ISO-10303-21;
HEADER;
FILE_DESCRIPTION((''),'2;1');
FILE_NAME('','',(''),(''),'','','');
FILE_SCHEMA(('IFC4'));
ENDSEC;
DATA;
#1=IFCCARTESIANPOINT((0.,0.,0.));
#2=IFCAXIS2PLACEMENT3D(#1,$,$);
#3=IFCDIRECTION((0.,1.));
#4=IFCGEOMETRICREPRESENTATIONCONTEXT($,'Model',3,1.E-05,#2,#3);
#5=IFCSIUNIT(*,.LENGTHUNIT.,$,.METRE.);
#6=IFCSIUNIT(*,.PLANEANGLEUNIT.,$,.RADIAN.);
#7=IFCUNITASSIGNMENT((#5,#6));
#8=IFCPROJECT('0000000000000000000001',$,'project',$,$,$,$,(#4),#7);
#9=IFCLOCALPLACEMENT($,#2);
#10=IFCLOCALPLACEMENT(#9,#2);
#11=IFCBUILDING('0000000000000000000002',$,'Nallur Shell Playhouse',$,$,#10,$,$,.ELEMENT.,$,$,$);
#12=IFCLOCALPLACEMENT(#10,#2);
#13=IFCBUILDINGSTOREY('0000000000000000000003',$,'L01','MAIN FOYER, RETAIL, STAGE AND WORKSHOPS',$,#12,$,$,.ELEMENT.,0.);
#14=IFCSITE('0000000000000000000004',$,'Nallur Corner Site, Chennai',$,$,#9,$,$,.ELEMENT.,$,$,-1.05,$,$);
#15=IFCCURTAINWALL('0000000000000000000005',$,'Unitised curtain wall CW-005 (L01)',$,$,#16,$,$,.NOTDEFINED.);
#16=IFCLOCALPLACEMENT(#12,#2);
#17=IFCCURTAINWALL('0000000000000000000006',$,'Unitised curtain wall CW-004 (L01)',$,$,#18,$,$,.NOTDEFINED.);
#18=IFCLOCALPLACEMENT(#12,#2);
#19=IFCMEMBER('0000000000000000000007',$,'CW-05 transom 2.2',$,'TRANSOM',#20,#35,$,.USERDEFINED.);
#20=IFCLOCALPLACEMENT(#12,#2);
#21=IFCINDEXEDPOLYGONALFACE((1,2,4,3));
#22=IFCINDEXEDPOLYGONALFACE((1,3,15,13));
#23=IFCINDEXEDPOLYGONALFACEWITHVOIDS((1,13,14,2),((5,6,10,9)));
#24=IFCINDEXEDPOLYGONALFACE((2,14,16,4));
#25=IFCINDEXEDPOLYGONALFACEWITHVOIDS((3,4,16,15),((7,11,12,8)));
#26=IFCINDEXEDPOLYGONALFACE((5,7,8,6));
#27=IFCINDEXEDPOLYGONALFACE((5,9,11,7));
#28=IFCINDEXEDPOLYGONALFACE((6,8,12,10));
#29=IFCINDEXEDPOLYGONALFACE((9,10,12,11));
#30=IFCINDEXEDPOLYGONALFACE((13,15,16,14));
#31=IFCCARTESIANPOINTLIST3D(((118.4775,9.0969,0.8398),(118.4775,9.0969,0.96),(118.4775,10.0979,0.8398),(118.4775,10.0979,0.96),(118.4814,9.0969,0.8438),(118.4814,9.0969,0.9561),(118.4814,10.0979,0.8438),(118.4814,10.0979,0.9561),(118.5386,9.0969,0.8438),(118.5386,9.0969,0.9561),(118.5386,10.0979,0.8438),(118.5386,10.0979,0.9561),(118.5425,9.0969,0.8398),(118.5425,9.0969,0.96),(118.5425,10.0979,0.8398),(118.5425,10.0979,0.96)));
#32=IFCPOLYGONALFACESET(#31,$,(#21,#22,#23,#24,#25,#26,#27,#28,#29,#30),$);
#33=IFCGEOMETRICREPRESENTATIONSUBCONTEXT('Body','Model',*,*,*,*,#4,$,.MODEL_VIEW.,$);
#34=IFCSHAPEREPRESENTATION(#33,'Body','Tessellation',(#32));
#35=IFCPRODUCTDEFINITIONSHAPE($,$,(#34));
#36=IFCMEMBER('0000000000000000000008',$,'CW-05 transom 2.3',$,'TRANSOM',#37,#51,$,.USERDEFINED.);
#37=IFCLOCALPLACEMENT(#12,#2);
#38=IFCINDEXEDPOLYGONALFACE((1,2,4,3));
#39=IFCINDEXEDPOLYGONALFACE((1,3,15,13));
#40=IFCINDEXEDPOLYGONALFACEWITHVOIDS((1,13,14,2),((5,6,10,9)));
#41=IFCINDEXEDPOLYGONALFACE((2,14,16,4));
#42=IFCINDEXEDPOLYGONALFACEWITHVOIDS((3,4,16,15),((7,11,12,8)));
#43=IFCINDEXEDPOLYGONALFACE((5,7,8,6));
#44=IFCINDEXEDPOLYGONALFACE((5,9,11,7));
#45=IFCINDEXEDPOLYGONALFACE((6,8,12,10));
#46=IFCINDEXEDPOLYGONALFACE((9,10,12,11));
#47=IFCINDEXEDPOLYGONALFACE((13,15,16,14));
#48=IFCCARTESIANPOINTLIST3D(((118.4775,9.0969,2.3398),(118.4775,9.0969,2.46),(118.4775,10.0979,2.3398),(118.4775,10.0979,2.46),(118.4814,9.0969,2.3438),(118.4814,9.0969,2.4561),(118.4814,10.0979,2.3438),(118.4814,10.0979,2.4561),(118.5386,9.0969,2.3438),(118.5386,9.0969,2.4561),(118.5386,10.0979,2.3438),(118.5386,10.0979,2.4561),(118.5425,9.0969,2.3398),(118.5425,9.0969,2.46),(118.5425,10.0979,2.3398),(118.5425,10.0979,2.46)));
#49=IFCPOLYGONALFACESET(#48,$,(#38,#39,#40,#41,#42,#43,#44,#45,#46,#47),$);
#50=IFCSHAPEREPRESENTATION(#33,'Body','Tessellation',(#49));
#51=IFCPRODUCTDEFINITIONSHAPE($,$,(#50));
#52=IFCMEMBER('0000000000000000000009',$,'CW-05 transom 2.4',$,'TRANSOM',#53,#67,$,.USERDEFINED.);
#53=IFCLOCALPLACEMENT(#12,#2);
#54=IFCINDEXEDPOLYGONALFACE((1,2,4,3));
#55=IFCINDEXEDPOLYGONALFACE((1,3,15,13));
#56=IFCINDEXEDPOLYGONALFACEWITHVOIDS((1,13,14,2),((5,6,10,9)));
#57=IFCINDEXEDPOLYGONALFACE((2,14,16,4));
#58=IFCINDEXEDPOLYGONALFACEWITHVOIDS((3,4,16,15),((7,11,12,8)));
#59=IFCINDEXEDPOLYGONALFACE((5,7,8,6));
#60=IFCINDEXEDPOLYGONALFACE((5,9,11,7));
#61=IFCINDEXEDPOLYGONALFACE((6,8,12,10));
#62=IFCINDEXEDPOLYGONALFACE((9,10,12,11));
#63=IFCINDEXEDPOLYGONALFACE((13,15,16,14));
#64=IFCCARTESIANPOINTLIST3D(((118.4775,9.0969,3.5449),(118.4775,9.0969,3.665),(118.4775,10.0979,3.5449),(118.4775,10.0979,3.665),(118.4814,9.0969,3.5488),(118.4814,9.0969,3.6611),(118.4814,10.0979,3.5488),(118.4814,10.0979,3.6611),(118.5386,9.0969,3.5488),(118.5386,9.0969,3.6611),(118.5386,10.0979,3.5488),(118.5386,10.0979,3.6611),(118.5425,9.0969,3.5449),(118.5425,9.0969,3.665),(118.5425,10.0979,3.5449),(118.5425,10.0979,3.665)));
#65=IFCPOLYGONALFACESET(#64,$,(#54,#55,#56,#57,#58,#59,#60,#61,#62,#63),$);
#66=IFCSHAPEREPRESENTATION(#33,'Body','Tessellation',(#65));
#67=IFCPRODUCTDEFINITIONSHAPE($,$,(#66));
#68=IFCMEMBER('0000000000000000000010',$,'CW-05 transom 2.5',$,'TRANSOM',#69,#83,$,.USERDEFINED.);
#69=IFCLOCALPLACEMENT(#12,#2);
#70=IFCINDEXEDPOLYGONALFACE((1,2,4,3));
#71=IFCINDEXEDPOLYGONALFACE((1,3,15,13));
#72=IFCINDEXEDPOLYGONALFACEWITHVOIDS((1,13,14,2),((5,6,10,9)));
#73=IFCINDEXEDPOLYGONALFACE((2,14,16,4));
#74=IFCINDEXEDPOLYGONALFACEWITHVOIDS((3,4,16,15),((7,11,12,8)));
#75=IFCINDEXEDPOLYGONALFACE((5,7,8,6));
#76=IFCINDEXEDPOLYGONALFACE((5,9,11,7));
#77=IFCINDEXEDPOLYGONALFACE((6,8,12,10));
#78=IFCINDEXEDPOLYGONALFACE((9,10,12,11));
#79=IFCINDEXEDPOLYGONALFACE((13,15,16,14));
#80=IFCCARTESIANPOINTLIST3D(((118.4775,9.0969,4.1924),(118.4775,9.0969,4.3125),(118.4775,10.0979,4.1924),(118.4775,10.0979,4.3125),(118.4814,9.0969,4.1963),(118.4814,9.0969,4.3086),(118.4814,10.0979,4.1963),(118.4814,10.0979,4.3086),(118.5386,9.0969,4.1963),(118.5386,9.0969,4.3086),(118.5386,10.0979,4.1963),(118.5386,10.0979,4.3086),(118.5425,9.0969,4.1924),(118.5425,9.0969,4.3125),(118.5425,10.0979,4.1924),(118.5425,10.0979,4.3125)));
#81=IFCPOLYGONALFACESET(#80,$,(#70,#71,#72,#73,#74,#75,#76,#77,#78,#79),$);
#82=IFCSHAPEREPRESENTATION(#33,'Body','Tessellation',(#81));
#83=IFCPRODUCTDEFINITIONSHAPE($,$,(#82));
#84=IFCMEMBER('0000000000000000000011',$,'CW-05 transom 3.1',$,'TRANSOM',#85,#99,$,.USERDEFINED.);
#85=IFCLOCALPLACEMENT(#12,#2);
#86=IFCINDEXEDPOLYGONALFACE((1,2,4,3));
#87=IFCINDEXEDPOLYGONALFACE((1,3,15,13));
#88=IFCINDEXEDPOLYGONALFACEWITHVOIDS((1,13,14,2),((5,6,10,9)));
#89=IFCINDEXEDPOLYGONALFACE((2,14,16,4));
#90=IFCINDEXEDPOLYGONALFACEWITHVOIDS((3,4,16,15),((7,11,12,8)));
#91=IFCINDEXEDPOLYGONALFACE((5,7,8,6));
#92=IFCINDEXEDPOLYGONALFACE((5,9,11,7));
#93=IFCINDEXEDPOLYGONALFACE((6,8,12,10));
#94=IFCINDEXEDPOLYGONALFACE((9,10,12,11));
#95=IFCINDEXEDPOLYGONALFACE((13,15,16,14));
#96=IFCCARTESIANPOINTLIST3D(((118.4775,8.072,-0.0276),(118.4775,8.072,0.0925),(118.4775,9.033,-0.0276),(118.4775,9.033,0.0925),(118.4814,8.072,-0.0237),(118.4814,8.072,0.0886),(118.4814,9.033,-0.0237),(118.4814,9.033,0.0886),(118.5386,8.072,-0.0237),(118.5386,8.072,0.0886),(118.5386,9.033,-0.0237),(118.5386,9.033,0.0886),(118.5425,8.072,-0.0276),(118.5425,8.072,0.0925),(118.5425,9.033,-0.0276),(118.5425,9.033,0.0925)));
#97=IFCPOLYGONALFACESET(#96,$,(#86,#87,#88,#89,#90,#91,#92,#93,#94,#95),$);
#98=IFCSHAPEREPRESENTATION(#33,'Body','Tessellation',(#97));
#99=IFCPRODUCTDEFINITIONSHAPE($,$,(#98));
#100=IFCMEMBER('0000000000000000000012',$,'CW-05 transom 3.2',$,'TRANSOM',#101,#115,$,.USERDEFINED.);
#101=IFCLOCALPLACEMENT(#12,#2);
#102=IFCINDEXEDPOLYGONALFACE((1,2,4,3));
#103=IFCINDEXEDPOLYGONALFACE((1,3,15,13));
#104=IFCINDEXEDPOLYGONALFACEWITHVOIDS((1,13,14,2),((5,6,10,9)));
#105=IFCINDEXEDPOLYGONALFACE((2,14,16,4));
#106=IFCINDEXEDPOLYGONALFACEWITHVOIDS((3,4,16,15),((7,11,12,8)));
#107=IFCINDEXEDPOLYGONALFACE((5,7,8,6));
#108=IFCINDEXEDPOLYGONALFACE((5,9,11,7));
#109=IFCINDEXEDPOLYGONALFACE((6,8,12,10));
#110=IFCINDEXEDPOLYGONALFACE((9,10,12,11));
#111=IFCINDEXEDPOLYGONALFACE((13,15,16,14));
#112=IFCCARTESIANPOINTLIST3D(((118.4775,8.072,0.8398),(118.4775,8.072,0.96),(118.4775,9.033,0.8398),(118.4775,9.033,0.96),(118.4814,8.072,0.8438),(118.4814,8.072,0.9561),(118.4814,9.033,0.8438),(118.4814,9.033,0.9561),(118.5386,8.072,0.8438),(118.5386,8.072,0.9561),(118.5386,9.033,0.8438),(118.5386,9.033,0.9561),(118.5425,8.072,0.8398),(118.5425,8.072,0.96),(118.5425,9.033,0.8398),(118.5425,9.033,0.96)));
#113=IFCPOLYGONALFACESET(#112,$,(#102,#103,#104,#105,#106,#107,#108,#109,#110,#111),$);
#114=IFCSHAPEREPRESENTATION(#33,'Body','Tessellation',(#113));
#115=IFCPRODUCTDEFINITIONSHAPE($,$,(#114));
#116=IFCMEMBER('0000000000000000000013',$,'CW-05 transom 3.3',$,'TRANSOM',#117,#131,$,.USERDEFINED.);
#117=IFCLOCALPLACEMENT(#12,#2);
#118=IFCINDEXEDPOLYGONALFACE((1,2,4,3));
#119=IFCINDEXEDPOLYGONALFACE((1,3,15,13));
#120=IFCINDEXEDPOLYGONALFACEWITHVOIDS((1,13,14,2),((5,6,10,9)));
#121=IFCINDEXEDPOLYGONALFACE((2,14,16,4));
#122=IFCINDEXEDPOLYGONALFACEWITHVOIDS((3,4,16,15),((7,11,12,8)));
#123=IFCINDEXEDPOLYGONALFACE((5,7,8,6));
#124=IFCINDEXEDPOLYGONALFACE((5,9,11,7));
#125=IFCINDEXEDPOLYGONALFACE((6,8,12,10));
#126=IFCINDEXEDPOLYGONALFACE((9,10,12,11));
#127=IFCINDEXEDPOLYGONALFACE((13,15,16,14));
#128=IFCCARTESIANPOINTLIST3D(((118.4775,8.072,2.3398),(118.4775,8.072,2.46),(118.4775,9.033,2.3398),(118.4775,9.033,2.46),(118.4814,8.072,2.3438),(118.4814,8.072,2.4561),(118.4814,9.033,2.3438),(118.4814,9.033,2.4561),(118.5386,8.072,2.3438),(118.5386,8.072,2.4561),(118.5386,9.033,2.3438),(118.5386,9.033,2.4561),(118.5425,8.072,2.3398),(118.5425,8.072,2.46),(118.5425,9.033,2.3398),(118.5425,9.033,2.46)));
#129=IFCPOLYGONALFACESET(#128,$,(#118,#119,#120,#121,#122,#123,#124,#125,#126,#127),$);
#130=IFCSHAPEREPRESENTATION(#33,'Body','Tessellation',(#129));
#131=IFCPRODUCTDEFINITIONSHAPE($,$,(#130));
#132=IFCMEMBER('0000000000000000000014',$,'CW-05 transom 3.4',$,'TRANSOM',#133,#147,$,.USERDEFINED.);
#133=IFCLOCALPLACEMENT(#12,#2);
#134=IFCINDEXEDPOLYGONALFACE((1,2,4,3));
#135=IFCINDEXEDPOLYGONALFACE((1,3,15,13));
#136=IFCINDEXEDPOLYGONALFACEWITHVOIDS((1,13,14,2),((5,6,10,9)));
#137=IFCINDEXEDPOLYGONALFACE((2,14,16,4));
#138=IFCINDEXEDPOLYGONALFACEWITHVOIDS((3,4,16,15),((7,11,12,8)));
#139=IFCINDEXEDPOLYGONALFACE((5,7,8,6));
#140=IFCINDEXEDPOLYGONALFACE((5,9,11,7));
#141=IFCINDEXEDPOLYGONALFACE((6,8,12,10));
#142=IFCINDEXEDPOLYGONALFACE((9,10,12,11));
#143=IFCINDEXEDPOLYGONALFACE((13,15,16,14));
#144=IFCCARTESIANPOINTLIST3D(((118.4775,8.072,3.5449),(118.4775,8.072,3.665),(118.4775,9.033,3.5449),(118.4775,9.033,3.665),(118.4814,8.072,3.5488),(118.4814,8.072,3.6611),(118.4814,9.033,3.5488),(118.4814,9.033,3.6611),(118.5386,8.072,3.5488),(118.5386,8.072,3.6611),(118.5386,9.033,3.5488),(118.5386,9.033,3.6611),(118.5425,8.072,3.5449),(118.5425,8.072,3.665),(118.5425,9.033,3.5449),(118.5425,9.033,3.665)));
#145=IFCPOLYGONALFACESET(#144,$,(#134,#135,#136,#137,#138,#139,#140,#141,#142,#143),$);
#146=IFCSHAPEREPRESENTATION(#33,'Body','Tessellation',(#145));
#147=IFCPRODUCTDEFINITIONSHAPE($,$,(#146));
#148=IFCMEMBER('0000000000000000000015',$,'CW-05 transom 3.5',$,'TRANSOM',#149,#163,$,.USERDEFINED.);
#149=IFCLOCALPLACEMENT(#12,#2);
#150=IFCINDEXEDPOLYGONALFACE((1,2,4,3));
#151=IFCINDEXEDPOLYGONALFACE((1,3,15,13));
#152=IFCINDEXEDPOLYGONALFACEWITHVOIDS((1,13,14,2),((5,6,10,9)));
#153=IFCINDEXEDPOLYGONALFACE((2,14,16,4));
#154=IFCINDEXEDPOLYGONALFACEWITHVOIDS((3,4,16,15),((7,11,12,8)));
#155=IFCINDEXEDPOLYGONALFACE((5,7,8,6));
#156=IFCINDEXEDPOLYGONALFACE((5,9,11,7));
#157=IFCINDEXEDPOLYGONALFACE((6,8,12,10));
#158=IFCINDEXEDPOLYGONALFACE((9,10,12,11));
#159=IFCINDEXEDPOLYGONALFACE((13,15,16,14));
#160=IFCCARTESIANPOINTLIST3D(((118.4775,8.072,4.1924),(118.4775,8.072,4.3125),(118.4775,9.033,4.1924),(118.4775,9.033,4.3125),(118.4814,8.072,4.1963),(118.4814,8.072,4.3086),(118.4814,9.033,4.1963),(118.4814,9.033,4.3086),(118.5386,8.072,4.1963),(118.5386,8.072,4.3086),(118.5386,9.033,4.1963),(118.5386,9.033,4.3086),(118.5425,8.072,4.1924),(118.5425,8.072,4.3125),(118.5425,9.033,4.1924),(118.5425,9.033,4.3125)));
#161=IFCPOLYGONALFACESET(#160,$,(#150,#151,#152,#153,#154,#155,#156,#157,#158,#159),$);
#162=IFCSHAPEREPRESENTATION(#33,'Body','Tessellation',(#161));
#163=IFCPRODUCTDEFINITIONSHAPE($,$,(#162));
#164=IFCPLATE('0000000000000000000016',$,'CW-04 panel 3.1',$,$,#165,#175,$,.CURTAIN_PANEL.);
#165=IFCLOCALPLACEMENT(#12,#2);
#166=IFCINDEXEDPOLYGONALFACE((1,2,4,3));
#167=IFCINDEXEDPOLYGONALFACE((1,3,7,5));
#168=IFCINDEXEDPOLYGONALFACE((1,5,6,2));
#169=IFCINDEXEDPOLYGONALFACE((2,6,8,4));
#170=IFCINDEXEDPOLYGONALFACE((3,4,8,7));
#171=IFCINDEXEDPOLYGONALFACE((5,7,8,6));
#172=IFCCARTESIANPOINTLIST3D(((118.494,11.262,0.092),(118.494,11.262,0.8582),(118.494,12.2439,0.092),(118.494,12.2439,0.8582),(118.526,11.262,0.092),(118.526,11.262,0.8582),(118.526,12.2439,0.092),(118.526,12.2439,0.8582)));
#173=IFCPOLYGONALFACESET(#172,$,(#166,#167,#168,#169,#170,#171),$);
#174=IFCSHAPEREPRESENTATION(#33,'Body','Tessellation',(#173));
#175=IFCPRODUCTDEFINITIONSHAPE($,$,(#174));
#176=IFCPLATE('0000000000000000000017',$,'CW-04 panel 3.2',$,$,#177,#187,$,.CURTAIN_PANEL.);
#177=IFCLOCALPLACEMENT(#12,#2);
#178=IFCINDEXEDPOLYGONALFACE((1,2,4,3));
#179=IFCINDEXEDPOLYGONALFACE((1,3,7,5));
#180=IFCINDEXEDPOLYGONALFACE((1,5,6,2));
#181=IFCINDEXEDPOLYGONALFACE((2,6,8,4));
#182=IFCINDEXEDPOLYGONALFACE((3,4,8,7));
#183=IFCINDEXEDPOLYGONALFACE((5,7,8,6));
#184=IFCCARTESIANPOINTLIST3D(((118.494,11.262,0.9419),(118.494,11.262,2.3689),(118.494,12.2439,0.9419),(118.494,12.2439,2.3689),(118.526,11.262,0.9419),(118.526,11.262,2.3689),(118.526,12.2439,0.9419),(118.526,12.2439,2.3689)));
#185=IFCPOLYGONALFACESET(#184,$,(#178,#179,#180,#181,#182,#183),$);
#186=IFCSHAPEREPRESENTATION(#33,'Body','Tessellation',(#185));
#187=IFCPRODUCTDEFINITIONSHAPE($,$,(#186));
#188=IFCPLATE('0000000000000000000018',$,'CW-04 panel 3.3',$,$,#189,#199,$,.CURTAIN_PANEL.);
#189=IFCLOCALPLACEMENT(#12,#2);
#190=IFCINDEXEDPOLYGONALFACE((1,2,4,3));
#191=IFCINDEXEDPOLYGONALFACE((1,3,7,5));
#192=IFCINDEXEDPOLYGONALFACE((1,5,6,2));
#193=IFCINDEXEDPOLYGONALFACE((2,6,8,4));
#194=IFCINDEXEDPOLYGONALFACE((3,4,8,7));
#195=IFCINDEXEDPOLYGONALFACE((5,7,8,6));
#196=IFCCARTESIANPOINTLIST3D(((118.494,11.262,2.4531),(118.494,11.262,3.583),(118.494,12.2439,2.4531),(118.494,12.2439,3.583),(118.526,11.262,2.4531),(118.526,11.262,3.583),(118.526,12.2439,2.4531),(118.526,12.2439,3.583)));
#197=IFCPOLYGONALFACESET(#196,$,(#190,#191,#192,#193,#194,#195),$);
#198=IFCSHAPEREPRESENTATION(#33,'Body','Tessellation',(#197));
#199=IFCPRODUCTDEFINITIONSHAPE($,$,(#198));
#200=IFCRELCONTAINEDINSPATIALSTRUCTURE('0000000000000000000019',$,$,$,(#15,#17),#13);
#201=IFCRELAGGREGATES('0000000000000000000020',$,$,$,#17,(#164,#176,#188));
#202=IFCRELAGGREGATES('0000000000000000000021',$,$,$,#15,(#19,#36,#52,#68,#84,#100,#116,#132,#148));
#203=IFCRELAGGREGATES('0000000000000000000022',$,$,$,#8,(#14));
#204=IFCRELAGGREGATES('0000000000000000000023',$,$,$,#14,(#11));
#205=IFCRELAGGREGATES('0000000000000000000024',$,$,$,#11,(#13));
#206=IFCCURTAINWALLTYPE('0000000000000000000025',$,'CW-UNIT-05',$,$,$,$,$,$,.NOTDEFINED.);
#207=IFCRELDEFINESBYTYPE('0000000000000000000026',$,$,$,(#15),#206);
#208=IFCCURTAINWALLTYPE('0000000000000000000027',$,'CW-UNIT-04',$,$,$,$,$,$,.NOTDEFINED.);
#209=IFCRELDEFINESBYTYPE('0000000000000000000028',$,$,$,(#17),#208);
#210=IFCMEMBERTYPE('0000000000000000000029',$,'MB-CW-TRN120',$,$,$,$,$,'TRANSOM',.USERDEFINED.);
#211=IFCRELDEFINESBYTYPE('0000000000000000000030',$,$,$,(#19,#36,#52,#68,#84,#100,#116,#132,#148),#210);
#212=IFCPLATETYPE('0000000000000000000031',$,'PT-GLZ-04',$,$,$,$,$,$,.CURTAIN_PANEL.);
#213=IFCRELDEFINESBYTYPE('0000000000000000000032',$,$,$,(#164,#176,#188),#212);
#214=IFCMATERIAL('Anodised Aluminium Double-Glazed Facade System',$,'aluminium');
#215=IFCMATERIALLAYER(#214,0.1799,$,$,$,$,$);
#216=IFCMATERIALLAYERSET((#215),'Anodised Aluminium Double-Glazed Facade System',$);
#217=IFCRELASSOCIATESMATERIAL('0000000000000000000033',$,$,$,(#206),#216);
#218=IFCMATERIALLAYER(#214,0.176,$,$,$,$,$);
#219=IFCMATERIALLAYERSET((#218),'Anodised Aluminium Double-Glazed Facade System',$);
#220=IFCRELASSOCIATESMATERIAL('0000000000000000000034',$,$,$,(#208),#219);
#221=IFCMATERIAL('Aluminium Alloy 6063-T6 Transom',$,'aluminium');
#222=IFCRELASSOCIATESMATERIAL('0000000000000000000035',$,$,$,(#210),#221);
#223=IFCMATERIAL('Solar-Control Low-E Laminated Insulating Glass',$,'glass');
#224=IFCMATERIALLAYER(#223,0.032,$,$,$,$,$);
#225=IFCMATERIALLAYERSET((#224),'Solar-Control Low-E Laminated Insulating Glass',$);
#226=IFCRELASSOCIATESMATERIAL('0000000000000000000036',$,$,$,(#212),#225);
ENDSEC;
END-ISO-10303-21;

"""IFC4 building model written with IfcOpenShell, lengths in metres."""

from ifc_helpers import new_model, si_unit, direction, frame, origin, origin_2d, place, context, subcontext, project, spatial, rectangle, hollow_rectangle, extrude, material, layer, layer_set, material_profile, profile_set, type_object, element, aggregate, save


model = new_model("IFC4")

# Units and contexts
model_context = context("Model", 3, precision=1e-05, world=origin(), true_north=direction((0.0, 1.0)))
body_context = subcontext(model_context, "Body", "Model", "MODEL_VIEW")
ifc_project = project(units=[si_unit("LENGTHUNIT", "METRE"), si_unit("PLANEANGLEUNIT", "RADIAN")], contexts=[model_context])

# Site, building, storey
site_placement = place(None, origin())
site = spatial("IfcSite", under=ifc_project, at=site_placement, Name="Nallur Corner Site, Chennai", CompositionType="ELEMENT", RefElevation=-1.05)
building_placement = place(site_placement, origin())
building = spatial("IfcBuilding", under=site, at=building_placement, Name="Nallur Shell Playhouse", CompositionType="ELEMENT")
storey_placement = place(building_placement, origin())
storey = spatial("IfcBuildingStorey", under=building, at=storey_placement, Name="L01", Description="MAIN FOYER, RETAIL, STAGE AND WORKSHOPS", CompositionType="ELEMENT", Elevation=0.0)

# Curtain wall
ifc_material_1 = material(Name="Anodised Aluminium Double-Glazed Facade System", Category="aluminium")
ifc_layer_1 = layer(ifc_material_1, 0.1799)
ifc_layer_set_1 = layer_set([ifc_layer_1], Name="Anodised Aluminium Double-Glazed Facade System")
curtain_wall_type_1 = type_object("IfcCurtainWallType", Name="CW-UNIT-05", PredefinedType="NOTDEFINED", material=ifc_layer_set_1)
curtain_wall_1_placement = place(storey_placement, origin())
curtain_wall_1 = element("IfcCurtainWall", 1, at=curtain_wall_1_placement, inside=storey, type_object=curtain_wall_type_1, Name="Unitised curtain wall CW-005 (L01)", PredefinedType="NOTDEFINED")

# Curtain wall
ifc_layer_2 = layer(ifc_material_1, 0.176)
ifc_layer_set_2 = layer_set([ifc_layer_2], Name="Anodised Aluminium Double-Glazed Facade System")
curtain_wall_type_2 = type_object("IfcCurtainWallType", Name="CW-UNIT-04", PredefinedType="NOTDEFINED", material=ifc_layer_set_2)
curtain_wall_2_placement = place(storey_placement, origin())
curtain_wall_2 = element("IfcCurtainWall", 2, at=curtain_wall_2_placement, inside=storey, type_object=curtain_wall_type_2, Name="Unitised curtain wall CW-004 (L01)", PredefinedType="NOTDEFINED")

# Members
ifc_material_2 = material(Name="Aluminium Alloy 6063-T6 Transom", Category="aluminium")
ifc_material_profile_1 = material_profile(ifc_material_2, hollow_rectangle(XDim=0.0649, YDim=0.1201, WallThickness=0.0039, at=origin_2d()), Name="ALU 65x120x4")
ifc_profile_set_1 = profile_set([ifc_material_profile_1], Name="Aluminium Alloy 6063-T6 Transom")
member_type_1 = type_object("IfcMemberType", Name="MB-CW-TRN120", ElementType="TRANSOM", PredefinedType="USERDEFINED", material=ifc_profile_set_1)
member_1_placement = place(storey_placement, frame((118.51, 10.0979, 0.8999), z_axis=(0.0, -1.0, 0.0), x_axis=(1.0, 0.0, 0.0)))
member_1 = element("IfcMember", 3, at=member_1_placement, type_object=member_type_1, Name="CW-05 transom 2.2", ObjectType="TRANSOM", PredefinedType="USERDEFINED", context=body_context, shape_type="SweptSolid", body=[
    extrude(hollow_rectangle(XDim=0.0649, YDim=0.1201, WallThickness=0.0039, at=origin_2d()), origin(), (0.0, 0.0, 1.0), 1.001),
])
member_2_placement = place(storey_placement, frame((118.51, 10.0979, 2.3999), z_axis=(0.0, -1.0, 0.0), x_axis=(1.0, 0.0, 0.0)))
member_2 = element("IfcMember", 4, at=member_2_placement, type_object=member_type_1, Name="CW-05 transom 2.3", ObjectType="TRANSOM", PredefinedType="USERDEFINED", context=body_context, shape_type="SweptSolid", body=[
    extrude(hollow_rectangle(XDim=0.0649, YDim=0.1201, WallThickness=0.0039, at=origin_2d()), origin(), (0.0, 0.0, 1.0), 1.001),
])
member_3_placement = place(storey_placement, frame((118.51, 10.0979, 3.605), z_axis=(0.0, -1.0, 0.0), x_axis=(1.0, 0.0, 0.0)))
member_3 = element("IfcMember", 5, at=member_3_placement, type_object=member_type_1, Name="CW-05 transom 2.4", ObjectType="TRANSOM", PredefinedType="USERDEFINED", context=body_context, shape_type="SweptSolid", body=[
    extrude(hollow_rectangle(XDim=0.0649, YDim=0.1201, WallThickness=0.0039, at=origin_2d()), origin(), (0.0, 0.0, 1.0), 1.001),
])
member_4_placement = place(storey_placement, frame((118.51, 10.0979, 4.2524), z_axis=(0.0, -1.0, 0.0), x_axis=(1.0, 0.0, 0.0)))
member_4 = element("IfcMember", 6, at=member_4_placement, type_object=member_type_1, Name="CW-05 transom 2.5", ObjectType="TRANSOM", PredefinedType="USERDEFINED", context=body_context, shape_type="SweptSolid", body=[
    extrude(hollow_rectangle(XDim=0.0649, YDim=0.1201, WallThickness=0.0039, at=origin_2d()), origin(), (0.0, 0.0, 1.0), 1.001),
])
member_5_placement = place(storey_placement, frame((118.51, 9.033, 0.0325), z_axis=(0.0, -1.0, 0.0), x_axis=(1.0, 0.0, 0.0)))
member_5 = element("IfcMember", 7, at=member_5_placement, type_object=member_type_1, Name="CW-05 transom 3.1", ObjectType="TRANSOM", PredefinedType="USERDEFINED", context=body_context, shape_type="SweptSolid", body=[
    extrude(hollow_rectangle(XDim=0.0649, YDim=0.1201, WallThickness=0.0039, at=origin_2d()), origin(), (0.0, 0.0, 1.0), 0.9609),
])
member_6_placement = place(storey_placement, frame((118.51, 9.033, 0.8999), z_axis=(0.0, -1.0, 0.0), x_axis=(1.0, 0.0, 0.0)))
member_6 = element("IfcMember", 8, at=member_6_placement, type_object=member_type_1, Name="CW-05 transom 3.2", ObjectType="TRANSOM", PredefinedType="USERDEFINED", context=body_context, shape_type="SweptSolid", body=[
    extrude(hollow_rectangle(XDim=0.0649, YDim=0.1201, WallThickness=0.0039, at=origin_2d()), origin(), (0.0, 0.0, 1.0), 0.9609),
])
member_7_placement = place(storey_placement, frame((118.51, 9.033, 2.3999), z_axis=(0.0, -1.0, 0.0), x_axis=(1.0, 0.0, 0.0)))
member_7 = element("IfcMember", 9, at=member_7_placement, type_object=member_type_1, Name="CW-05 transom 3.3", ObjectType="TRANSOM", PredefinedType="USERDEFINED", context=body_context, shape_type="SweptSolid", body=[
    extrude(hollow_rectangle(XDim=0.0649, YDim=0.1201, WallThickness=0.0039, at=origin_2d()), origin(), (0.0, 0.0, 1.0), 0.9609),
])
member_8_placement = place(storey_placement, frame((118.51, 9.033, 3.605), z_axis=(0.0, -1.0, 0.0), x_axis=(1.0, 0.0, 0.0)))
member_8 = element("IfcMember", 10, at=member_8_placement, type_object=member_type_1, Name="CW-05 transom 3.4", ObjectType="TRANSOM", PredefinedType="USERDEFINED", context=body_context, shape_type="SweptSolid", body=[
    extrude(hollow_rectangle(XDim=0.0649, YDim=0.1201, WallThickness=0.0039, at=origin_2d()), origin(), (0.0, 0.0, 1.0), 0.9609),
])
member_9_placement = place(storey_placement, frame((118.51, 9.033, 4.2524), z_axis=(0.0, -1.0, 0.0), x_axis=(1.0, 0.0, 0.0)))
member_9 = element("IfcMember", 11, at=member_9_placement, type_object=member_type_1, Name="CW-05 transom 3.5", ObjectType="TRANSOM", PredefinedType="USERDEFINED", context=body_context, shape_type="SweptSolid", body=[
    extrude(hollow_rectangle(XDim=0.0649, YDim=0.1201, WallThickness=0.0039, at=origin_2d()), origin(), (0.0, 0.0, 1.0), 0.9609),
])

# Plates
ifc_material_3 = material(Name="Solar-Control Low-E Laminated Insulating Glass", Category="glass")
ifc_layer_3 = layer(ifc_material_3, 0.032)
ifc_layer_set_3 = layer_set([ifc_layer_3], Name="Solar-Control Low-E Laminated Insulating Glass")
plate_type_1 = type_object("IfcPlateType", Name="PT-GLZ-04", PredefinedType="CURTAIN_PANEL", material=ifc_layer_set_3)
plate_1_placement = place(storey_placement, frame((118.51, 11.7529, 0.092), z_axis=(0.0, 0.0, 1.0), x_axis=(0.0, -1.0, 0.0)))
plate_1 = element("IfcPlate", 12, at=plate_1_placement, type_object=plate_type_1, Name="CW-04 panel 3.1", PredefinedType="CURTAIN_PANEL", context=body_context, shape_type="SweptSolid", body=[
    extrude(rectangle(XDim=0.9819, YDim=0.032, at=origin_2d()), origin(), (0.0, 0.0, 1.0), 0.7661),
])
plate_2_placement = place(storey_placement, frame((118.51, 11.7529, 0.9419), z_axis=(0.0, 0.0, 1.0), x_axis=(0.0, -1.0, 0.0)))
plate_2 = element("IfcPlate", 13, at=plate_2_placement, type_object=plate_type_1, Name="CW-04 panel 3.2", PredefinedType="CURTAIN_PANEL", context=body_context, shape_type="SweptSolid", body=[
    extrude(rectangle(XDim=0.9819, YDim=0.032, at=origin_2d()), origin(), (0.0, 0.0, 1.0), 1.427),
])
plate_3_placement = place(storey_placement, frame((118.51, 11.7529, 2.4531), z_axis=(0.0, 0.0, 1.0), x_axis=(0.0, -1.0, 0.0)))
plate_3 = element("IfcPlate", 14, at=plate_3_placement, type_object=plate_type_1, Name="CW-04 panel 3.3", PredefinedType="CURTAIN_PANEL", context=body_context, shape_type="SweptSolid", body=[
    extrude(rectangle(XDim=0.9819, YDim=0.032, at=origin_2d()), origin(), (0.0, 0.0, 1.0), 1.1299),
])
aggregate(curtain_wall_2, [plate_1, plate_2, plate_3])
aggregate(curtain_wall_1, [member_1, member_2, member_3, member_4, member_5, member_6, member_7, member_8, member_9])

save(model, "model.ifc")
